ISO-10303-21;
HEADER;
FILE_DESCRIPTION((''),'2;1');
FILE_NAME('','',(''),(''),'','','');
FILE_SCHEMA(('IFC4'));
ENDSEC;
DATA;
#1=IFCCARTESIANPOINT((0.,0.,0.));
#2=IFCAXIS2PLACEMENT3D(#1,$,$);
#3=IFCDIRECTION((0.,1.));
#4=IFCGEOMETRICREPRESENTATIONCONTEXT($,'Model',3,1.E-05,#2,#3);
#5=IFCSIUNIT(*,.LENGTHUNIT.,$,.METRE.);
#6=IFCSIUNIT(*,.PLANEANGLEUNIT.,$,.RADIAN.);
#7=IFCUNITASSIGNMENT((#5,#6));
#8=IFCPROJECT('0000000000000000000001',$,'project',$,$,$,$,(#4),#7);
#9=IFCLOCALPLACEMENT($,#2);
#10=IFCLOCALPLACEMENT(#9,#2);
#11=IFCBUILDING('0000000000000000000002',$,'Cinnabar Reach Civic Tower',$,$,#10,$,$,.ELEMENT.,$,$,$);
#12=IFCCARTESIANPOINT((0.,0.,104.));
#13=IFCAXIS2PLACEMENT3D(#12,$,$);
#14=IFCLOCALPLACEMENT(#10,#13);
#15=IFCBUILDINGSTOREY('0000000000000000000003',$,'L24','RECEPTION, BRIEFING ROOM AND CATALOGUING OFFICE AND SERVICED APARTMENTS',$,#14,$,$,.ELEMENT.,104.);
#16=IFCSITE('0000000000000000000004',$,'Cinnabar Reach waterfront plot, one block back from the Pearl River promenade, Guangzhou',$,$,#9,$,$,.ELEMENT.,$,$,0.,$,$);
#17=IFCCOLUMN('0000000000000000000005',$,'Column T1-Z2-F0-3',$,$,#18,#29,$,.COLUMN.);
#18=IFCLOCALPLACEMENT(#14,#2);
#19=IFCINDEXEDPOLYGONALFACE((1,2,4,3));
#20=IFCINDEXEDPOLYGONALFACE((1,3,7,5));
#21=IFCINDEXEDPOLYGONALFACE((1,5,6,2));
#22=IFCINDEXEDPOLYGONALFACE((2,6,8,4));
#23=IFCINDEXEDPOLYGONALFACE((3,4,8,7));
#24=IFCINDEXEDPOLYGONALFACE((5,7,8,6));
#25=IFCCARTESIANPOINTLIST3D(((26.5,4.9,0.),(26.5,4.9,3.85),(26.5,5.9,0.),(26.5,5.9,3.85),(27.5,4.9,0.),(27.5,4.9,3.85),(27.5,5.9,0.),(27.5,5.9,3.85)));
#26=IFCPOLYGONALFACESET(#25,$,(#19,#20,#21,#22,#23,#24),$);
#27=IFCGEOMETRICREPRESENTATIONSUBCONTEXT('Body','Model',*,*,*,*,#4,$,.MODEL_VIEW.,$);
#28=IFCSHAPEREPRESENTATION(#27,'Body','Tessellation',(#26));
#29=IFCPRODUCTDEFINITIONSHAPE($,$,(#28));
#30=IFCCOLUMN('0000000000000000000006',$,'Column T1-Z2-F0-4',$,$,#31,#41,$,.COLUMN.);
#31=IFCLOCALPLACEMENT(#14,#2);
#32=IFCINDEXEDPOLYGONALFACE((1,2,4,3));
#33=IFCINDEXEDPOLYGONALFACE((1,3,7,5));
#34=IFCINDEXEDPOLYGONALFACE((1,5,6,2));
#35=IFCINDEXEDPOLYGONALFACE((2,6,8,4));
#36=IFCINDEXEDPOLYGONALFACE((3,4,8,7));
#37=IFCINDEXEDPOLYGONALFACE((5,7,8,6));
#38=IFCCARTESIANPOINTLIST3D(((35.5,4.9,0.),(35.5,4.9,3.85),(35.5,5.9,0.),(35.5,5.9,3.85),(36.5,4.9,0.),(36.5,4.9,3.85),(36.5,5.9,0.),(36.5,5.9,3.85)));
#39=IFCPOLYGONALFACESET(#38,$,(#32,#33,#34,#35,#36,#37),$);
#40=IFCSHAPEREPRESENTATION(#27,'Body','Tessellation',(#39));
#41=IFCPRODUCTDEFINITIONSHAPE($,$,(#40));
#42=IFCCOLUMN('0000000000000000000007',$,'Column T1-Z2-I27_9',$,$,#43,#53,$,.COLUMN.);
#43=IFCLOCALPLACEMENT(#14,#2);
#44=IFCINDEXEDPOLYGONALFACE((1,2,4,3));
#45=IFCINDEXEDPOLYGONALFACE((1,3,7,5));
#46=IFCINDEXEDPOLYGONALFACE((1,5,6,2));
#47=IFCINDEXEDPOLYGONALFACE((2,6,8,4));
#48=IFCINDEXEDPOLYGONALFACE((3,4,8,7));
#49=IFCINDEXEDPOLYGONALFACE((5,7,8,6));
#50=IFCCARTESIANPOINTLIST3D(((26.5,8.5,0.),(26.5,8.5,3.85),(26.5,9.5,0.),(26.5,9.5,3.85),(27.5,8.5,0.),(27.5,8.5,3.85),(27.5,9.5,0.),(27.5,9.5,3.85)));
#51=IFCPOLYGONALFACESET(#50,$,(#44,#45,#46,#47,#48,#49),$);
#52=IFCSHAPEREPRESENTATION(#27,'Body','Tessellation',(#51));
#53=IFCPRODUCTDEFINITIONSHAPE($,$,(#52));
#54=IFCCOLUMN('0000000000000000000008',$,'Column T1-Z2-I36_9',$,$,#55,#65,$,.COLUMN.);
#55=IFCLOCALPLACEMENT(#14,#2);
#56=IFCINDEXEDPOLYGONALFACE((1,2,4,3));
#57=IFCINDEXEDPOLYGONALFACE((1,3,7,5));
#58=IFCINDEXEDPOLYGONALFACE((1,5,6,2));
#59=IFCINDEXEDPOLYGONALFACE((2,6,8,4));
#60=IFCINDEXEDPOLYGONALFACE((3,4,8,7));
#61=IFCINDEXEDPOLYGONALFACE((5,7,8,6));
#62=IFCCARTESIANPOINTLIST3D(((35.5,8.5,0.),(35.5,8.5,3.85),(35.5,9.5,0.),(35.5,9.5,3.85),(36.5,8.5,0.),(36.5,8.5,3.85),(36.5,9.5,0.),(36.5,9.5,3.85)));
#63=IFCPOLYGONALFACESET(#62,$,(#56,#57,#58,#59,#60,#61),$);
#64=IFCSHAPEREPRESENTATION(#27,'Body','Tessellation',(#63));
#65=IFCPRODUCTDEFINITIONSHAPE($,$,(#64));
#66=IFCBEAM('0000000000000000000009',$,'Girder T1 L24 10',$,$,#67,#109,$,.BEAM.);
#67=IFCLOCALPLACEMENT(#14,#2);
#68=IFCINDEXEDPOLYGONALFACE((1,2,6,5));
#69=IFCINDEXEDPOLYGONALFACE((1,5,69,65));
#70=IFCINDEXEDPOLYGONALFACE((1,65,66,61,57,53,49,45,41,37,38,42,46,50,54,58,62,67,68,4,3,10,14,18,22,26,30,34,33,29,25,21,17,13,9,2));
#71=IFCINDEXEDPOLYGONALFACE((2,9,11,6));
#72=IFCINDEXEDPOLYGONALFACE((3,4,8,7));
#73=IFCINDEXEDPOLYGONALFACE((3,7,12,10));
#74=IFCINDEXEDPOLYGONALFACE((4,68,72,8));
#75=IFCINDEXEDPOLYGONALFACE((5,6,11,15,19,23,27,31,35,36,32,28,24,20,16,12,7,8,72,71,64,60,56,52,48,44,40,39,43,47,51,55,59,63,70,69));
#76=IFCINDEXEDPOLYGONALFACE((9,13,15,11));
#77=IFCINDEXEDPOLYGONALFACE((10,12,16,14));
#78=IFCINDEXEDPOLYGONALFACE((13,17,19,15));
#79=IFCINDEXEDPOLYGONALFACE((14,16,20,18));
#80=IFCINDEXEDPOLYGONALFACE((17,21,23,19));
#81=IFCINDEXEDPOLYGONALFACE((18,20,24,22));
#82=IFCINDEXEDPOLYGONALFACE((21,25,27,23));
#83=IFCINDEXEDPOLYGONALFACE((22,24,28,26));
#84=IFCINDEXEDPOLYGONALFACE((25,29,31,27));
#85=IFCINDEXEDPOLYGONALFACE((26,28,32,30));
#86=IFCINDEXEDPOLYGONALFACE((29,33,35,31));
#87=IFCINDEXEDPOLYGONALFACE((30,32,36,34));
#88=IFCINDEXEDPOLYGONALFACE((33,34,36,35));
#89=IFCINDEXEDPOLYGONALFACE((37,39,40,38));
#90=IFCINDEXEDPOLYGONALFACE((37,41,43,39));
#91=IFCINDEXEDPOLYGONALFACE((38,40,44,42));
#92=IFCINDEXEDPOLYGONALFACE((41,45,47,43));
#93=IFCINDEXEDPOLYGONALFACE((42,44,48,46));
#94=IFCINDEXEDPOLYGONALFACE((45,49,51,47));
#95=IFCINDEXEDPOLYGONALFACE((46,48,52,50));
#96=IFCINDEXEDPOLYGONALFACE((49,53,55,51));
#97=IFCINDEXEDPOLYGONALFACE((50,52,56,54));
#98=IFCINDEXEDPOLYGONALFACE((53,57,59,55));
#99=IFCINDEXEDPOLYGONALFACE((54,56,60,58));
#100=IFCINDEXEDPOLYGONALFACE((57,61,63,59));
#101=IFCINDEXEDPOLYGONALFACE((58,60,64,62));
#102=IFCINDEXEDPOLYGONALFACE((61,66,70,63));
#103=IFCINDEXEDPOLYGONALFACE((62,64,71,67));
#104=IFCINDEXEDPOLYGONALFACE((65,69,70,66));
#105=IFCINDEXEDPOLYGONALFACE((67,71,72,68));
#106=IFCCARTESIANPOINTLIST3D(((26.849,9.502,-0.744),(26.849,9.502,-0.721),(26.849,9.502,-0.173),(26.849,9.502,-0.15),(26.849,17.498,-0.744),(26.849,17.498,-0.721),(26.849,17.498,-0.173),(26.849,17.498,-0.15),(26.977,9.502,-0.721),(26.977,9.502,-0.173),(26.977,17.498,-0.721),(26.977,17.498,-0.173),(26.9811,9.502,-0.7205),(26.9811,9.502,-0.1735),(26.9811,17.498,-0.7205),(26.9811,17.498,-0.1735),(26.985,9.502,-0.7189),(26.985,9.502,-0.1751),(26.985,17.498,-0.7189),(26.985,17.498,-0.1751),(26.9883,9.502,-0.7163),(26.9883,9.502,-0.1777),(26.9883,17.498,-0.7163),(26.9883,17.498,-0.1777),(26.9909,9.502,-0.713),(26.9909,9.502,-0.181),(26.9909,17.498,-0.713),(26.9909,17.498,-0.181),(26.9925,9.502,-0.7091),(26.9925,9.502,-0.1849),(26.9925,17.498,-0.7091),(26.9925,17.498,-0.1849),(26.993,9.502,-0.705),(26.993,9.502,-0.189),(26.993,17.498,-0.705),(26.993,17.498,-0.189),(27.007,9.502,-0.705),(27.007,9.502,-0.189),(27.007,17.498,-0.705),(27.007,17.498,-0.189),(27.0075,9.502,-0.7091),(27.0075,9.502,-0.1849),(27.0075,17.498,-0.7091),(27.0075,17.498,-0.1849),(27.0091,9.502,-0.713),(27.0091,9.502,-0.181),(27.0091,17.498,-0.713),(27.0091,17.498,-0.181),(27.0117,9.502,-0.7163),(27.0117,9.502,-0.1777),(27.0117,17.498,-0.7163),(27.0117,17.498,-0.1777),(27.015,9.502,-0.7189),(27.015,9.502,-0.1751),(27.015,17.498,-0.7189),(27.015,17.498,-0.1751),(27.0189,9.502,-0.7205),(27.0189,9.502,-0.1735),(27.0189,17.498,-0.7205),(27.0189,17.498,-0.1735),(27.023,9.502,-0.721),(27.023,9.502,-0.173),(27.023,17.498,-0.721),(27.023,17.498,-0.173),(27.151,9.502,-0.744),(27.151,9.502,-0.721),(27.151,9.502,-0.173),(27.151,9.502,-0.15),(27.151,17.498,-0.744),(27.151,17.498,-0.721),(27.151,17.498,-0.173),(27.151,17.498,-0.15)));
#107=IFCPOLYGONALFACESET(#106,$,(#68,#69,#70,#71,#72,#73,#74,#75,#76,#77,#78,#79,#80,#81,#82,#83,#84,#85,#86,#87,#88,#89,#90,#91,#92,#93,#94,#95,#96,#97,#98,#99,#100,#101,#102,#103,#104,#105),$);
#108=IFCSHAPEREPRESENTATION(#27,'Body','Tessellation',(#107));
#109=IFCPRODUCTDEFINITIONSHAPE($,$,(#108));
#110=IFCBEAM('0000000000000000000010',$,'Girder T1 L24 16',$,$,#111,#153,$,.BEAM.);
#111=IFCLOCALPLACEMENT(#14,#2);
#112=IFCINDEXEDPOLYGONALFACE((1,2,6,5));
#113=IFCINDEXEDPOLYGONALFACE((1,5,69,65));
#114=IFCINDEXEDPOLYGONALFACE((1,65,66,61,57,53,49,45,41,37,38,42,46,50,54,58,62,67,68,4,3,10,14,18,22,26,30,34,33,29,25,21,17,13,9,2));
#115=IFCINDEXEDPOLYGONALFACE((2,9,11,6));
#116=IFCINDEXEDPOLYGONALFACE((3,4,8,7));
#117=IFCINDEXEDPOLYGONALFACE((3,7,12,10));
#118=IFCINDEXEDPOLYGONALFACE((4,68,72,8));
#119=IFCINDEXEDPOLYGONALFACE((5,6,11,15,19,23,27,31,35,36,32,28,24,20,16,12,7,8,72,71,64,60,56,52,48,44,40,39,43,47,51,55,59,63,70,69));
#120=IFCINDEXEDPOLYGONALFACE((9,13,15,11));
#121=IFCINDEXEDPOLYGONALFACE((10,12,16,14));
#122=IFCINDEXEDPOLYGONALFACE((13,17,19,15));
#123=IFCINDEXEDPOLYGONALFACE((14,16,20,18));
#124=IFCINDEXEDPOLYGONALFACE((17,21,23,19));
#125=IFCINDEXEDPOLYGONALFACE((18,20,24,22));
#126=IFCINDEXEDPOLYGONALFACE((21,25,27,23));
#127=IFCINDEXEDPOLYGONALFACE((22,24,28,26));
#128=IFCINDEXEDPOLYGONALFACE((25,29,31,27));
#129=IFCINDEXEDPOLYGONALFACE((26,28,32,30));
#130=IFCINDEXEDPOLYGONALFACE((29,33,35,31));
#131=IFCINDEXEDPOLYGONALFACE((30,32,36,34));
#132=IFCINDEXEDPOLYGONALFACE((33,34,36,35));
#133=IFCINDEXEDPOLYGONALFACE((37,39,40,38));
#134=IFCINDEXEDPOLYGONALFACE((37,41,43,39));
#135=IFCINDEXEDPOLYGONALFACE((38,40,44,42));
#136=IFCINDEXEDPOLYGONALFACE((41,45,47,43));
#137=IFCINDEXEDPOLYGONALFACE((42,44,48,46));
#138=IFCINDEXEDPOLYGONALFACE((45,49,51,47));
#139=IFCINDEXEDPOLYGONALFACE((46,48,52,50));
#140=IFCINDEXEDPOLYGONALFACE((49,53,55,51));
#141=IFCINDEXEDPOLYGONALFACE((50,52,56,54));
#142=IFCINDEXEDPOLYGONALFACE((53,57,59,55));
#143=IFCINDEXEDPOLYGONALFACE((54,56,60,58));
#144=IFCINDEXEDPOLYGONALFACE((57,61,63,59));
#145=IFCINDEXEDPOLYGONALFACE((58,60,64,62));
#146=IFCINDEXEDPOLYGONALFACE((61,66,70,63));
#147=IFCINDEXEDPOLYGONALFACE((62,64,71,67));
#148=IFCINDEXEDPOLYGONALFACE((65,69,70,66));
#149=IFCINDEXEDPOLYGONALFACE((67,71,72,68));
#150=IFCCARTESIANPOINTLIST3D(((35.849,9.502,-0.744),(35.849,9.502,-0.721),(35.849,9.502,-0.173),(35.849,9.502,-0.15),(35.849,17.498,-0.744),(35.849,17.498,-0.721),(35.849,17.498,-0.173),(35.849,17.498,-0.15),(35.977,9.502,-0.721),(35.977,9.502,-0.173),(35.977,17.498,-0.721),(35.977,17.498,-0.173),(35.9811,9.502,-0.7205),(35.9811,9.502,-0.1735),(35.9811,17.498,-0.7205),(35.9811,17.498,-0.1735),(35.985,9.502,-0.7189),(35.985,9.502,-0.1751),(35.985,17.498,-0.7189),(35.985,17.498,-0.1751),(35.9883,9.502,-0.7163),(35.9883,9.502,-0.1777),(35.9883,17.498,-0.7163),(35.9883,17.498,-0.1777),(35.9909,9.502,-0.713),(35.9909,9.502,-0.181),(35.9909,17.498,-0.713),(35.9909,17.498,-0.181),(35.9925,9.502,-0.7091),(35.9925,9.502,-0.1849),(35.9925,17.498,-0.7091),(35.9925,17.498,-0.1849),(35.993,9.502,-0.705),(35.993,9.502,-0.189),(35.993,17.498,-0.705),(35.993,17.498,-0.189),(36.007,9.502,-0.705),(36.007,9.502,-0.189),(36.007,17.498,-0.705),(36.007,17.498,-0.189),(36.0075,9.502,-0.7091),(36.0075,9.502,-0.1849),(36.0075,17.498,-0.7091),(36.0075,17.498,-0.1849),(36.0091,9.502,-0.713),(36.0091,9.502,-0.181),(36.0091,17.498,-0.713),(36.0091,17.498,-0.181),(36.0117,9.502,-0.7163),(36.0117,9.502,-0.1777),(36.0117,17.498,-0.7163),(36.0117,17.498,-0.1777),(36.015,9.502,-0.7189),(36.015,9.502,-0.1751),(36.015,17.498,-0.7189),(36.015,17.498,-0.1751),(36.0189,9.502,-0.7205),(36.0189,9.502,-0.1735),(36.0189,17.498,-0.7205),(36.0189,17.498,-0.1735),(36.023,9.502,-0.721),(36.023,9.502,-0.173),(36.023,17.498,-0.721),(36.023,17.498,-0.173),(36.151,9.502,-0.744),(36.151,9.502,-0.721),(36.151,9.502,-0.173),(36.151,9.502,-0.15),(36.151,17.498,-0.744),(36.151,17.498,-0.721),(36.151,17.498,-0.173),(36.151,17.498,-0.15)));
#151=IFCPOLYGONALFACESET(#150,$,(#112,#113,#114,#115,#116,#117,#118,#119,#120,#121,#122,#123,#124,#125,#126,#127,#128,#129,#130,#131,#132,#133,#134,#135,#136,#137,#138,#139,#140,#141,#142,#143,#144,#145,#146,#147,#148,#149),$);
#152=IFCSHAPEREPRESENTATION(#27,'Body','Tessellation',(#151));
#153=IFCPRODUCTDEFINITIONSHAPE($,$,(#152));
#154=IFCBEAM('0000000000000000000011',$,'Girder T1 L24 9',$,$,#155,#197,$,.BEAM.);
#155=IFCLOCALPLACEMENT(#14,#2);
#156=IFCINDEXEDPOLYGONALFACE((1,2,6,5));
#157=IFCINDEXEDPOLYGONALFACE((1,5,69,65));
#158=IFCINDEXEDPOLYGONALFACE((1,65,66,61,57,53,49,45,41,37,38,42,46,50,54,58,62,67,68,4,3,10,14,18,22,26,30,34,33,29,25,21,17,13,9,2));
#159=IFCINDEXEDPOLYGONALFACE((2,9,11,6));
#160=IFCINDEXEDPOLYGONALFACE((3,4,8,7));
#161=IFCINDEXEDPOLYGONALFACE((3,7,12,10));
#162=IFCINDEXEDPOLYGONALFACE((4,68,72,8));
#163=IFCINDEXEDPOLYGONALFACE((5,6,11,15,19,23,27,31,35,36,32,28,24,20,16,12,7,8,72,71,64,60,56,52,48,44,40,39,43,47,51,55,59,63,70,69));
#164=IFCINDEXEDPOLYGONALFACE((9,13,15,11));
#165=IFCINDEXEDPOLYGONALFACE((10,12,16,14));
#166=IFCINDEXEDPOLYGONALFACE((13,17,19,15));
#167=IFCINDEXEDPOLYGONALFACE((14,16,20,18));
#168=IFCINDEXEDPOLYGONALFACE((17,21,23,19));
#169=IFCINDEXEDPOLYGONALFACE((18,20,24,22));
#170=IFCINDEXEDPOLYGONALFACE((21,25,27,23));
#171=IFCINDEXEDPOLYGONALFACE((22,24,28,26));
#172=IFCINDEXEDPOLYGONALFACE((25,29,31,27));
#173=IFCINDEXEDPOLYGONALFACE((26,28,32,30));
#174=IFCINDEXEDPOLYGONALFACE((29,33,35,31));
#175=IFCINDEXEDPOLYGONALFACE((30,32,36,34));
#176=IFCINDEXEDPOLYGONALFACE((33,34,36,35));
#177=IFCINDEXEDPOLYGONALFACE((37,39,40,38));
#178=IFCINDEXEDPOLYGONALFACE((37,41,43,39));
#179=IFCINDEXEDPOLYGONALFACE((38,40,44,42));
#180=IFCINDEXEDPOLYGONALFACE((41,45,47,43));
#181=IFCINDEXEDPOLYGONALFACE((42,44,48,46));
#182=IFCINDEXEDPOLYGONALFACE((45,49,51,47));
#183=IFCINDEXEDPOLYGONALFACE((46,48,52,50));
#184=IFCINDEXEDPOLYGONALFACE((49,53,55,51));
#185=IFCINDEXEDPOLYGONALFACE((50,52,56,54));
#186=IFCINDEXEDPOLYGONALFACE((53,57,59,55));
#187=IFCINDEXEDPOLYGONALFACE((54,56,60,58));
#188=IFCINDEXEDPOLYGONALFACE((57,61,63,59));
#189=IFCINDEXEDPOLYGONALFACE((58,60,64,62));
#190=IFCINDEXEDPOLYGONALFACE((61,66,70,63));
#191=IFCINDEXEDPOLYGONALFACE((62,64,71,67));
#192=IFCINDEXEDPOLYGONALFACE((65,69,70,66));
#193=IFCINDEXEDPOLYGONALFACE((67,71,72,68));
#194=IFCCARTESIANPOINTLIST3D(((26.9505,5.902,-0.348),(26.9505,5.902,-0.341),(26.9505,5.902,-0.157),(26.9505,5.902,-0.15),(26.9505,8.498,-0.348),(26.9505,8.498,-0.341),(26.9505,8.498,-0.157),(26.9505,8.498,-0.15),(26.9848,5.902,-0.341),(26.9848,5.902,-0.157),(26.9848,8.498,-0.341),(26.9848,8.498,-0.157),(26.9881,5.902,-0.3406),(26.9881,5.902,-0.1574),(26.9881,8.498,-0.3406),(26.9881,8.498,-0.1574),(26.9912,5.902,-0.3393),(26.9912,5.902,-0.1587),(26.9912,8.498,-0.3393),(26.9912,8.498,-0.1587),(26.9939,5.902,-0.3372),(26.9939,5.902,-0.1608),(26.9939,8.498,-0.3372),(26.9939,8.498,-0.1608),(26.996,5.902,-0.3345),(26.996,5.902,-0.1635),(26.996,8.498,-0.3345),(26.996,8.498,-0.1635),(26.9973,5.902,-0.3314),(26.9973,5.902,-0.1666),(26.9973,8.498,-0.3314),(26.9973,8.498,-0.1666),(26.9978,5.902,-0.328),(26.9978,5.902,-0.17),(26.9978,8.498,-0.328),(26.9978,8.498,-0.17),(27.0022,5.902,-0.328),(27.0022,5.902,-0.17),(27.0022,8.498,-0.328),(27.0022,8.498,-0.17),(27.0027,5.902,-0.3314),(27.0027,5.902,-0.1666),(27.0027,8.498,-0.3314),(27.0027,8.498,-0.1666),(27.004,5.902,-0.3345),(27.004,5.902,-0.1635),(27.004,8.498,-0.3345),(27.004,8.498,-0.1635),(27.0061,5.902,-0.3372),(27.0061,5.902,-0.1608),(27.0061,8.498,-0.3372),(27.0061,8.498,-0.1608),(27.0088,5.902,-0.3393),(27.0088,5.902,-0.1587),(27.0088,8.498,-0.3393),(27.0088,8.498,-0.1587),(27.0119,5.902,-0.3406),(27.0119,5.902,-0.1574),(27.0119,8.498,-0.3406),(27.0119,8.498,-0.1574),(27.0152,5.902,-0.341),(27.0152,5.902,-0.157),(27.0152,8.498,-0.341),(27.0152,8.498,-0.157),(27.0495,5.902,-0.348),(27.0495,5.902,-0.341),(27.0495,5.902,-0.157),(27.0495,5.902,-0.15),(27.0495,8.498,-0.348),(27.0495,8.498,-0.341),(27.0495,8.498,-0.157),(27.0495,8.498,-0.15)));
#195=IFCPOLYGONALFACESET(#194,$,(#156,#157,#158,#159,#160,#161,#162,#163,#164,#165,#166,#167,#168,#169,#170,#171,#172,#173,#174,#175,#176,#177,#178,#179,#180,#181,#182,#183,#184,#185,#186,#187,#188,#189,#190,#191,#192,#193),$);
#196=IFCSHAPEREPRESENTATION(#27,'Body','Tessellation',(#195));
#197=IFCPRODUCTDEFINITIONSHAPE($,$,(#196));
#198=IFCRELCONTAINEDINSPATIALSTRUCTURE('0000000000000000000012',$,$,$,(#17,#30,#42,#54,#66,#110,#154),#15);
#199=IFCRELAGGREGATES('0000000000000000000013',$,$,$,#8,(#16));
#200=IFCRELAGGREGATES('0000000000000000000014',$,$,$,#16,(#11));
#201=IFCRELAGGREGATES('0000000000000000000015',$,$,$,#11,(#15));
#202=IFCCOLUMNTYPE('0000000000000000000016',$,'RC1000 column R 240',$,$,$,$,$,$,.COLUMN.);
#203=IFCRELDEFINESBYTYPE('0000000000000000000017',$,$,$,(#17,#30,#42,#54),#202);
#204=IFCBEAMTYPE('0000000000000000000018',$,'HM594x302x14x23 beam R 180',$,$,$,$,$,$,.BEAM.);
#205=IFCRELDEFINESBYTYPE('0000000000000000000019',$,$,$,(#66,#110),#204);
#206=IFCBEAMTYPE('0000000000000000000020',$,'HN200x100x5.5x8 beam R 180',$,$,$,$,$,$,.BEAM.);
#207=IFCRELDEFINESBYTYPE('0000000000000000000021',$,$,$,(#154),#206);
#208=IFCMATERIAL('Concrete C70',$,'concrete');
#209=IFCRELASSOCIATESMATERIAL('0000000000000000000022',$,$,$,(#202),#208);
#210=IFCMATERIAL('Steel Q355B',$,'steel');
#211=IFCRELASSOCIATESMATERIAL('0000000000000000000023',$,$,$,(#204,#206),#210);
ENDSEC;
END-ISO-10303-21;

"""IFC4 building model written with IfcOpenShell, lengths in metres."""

from ifc_helpers import new_model, si_unit, direction, frame, origin, origin_2d, place, context, subcontext, project, spatial, rectangle, i_section, extrude, material, material_profile, profile_set, type_object, element, save


model = new_model("IFC4")

# Units and contexts
model_context = context("Model", 3, precision=1e-05, world=origin(), true_north=direction((0.0, 1.0)))
body_context = subcontext(model_context, "Body", "Model", "MODEL_VIEW")
ifc_project = project(units=[si_unit("LENGTHUNIT", "METRE"), si_unit("PLANEANGLEUNIT", "RADIAN")], contexts=[model_context])

# Site, building, storey
site_placement = place(None, origin())
site = spatial("IfcSite", under=ifc_project, at=site_placement, Name="Cinnabar Reach waterfront plot, one block back from the Pearl River promenade, Guangzhou", CompositionType="ELEMENT", RefElevation=0.0)
building_placement = place(site_placement, origin())
building = spatial("IfcBuilding", under=site, at=building_placement, Name="Cinnabar Reach Civic Tower", CompositionType="ELEMENT")
storey_placement = place(building_placement, frame((0.0, 0.0, 104.0)))
storey = spatial("IfcBuildingStorey", under=building, at=storey_placement, Name="L24", Description="RECEPTION, BRIEFING ROOM AND CATALOGUING OFFICE AND SERVICED APARTMENTS", CompositionType="ELEMENT", Elevation=104.0)

# Columns
ifc_material_1 = material(Name="Concrete C70", Category="concrete")
ifc_material_profile_1 = material_profile(ifc_material_1, rectangle(XDim=1.0, YDim=1.0, at=origin_2d()), Name="RC1000")
ifc_profile_set_1 = profile_set([ifc_material_profile_1], Name="Concrete C70")
column_type = type_object("IfcColumnType", Name="RC1000 column R 240", PredefinedType="COLUMN", material=ifc_profile_set_1)
for number, where, z_axis, x_axis, name in (
    (1, (27.0, 5.4, 0.0), (0.0, 0.0, 1.0), (1.0, 0.0, 0.0), "Column T1-Z2-F0-3"),
    (2, (36.0, 5.4, 0.0), (0.0, 0.0, 1.0), (1.0, 0.0, 0.0), "Column T1-Z2-F0-4"),
    (3, (27.0, 9.0, 0.0), (0.0, 0.0, 1.0), (1.0, 0.0, 0.0), "Column T1-Z2-I27_9"),
    (4, (36.0, 9.0, 0.0), (0.0, 0.0, 1.0), (1.0, 0.0, 0.0), "Column T1-Z2-I36_9"),
):
    element("IfcColumn", number, at=place(storey_placement, frame(where, z_axis=z_axis, x_axis=x_axis)), inside=storey, type_object=column_type, Name=name, PredefinedType="COLUMN", context=body_context, shape_type="SweptSolid", body=[
        extrude(rectangle(XDim=1.0, YDim=1.0, at=origin_2d()), origin(), (0.0, 0.0, 1.0), 3.85),
    ])

# Beams
ifc_material_2 = material(Name="Steel Q355B", Category="steel")
ifc_material_profile_2 = material_profile(ifc_material_2, i_section(OverallWidth=0.302, OverallDepth=0.594, WebThickness=0.014, FlangeThickness=0.023, FilletRadius=0.016, at=origin_2d()), Name="HM594x302x14x23")
ifc_profile_set_2 = profile_set([ifc_material_profile_2], Name="Steel Q355B")
beam_type_1 = type_object("IfcBeamType", Name="HM594x302x14x23 beam R 180", PredefinedType="BEAM", material=ifc_profile_set_2)
for number, where, z_axis, x_axis, name in (
    (5, (27.0, 9.502, -0.447), (0.0, 1.0, 0.0), (-1.0, 0.0, 0.0), "Girder T1 L24 10"),
    (6, (36.0, 9.502, -0.447), (0.0, 1.0, 0.0), (-1.0, 0.0, 0.0), "Girder T1 L24 16"),
):
    element("IfcBeam", number, at=place(storey_placement, frame(where, z_axis=z_axis, x_axis=x_axis)), inside=storey, type_object=beam_type_1, Name=name, PredefinedType="BEAM", context=body_context, shape_type="SweptSolid", body=[
        extrude(i_section(OverallWidth=0.302, OverallDepth=0.594, WebThickness=0.014, FlangeThickness=0.023, FilletRadius=0.016, at=origin_2d()), origin(), (0.0, 0.0, 1.0), 7.996),
    ])
ifc_material_profile_3 = material_profile(ifc_material_2, i_section(OverallWidth=0.099, OverallDepth=0.198, WebThickness=0.0045, FlangeThickness=0.007, FilletRadius=0.013, at=origin_2d()), Name="HN200x100x5.5x8")
ifc_profile_set_3 = profile_set([ifc_material_profile_3], Name="Steel Q355B")
beam_type_2 = type_object("IfcBeamType", Name="HN200x100x5.5x8 beam R 180", PredefinedType="BEAM", material=ifc_profile_set_3)
for number, where, z_axis, x_axis, name in (
    (7, (27.0, 5.902, -0.249), (0.0, 1.0, 0.0), (-1.0, 0.0, 0.0), "Girder T1 L24 9"),
):
    element("IfcBeam", number, at=place(storey_placement, frame(where, z_axis=z_axis, x_axis=x_axis)), inside=storey, type_object=beam_type_2, Name=name, PredefinedType="BEAM", context=body_context, shape_type="SweptSolid", body=[
        extrude(i_section(OverallWidth=0.099, OverallDepth=0.198, WebThickness=0.0045, FlangeThickness=0.007, FilletRadius=0.013, at=origin_2d()), origin(), (0.0, 0.0, 1.0), 2.596),
    ])

save(model, "model.ifc")
